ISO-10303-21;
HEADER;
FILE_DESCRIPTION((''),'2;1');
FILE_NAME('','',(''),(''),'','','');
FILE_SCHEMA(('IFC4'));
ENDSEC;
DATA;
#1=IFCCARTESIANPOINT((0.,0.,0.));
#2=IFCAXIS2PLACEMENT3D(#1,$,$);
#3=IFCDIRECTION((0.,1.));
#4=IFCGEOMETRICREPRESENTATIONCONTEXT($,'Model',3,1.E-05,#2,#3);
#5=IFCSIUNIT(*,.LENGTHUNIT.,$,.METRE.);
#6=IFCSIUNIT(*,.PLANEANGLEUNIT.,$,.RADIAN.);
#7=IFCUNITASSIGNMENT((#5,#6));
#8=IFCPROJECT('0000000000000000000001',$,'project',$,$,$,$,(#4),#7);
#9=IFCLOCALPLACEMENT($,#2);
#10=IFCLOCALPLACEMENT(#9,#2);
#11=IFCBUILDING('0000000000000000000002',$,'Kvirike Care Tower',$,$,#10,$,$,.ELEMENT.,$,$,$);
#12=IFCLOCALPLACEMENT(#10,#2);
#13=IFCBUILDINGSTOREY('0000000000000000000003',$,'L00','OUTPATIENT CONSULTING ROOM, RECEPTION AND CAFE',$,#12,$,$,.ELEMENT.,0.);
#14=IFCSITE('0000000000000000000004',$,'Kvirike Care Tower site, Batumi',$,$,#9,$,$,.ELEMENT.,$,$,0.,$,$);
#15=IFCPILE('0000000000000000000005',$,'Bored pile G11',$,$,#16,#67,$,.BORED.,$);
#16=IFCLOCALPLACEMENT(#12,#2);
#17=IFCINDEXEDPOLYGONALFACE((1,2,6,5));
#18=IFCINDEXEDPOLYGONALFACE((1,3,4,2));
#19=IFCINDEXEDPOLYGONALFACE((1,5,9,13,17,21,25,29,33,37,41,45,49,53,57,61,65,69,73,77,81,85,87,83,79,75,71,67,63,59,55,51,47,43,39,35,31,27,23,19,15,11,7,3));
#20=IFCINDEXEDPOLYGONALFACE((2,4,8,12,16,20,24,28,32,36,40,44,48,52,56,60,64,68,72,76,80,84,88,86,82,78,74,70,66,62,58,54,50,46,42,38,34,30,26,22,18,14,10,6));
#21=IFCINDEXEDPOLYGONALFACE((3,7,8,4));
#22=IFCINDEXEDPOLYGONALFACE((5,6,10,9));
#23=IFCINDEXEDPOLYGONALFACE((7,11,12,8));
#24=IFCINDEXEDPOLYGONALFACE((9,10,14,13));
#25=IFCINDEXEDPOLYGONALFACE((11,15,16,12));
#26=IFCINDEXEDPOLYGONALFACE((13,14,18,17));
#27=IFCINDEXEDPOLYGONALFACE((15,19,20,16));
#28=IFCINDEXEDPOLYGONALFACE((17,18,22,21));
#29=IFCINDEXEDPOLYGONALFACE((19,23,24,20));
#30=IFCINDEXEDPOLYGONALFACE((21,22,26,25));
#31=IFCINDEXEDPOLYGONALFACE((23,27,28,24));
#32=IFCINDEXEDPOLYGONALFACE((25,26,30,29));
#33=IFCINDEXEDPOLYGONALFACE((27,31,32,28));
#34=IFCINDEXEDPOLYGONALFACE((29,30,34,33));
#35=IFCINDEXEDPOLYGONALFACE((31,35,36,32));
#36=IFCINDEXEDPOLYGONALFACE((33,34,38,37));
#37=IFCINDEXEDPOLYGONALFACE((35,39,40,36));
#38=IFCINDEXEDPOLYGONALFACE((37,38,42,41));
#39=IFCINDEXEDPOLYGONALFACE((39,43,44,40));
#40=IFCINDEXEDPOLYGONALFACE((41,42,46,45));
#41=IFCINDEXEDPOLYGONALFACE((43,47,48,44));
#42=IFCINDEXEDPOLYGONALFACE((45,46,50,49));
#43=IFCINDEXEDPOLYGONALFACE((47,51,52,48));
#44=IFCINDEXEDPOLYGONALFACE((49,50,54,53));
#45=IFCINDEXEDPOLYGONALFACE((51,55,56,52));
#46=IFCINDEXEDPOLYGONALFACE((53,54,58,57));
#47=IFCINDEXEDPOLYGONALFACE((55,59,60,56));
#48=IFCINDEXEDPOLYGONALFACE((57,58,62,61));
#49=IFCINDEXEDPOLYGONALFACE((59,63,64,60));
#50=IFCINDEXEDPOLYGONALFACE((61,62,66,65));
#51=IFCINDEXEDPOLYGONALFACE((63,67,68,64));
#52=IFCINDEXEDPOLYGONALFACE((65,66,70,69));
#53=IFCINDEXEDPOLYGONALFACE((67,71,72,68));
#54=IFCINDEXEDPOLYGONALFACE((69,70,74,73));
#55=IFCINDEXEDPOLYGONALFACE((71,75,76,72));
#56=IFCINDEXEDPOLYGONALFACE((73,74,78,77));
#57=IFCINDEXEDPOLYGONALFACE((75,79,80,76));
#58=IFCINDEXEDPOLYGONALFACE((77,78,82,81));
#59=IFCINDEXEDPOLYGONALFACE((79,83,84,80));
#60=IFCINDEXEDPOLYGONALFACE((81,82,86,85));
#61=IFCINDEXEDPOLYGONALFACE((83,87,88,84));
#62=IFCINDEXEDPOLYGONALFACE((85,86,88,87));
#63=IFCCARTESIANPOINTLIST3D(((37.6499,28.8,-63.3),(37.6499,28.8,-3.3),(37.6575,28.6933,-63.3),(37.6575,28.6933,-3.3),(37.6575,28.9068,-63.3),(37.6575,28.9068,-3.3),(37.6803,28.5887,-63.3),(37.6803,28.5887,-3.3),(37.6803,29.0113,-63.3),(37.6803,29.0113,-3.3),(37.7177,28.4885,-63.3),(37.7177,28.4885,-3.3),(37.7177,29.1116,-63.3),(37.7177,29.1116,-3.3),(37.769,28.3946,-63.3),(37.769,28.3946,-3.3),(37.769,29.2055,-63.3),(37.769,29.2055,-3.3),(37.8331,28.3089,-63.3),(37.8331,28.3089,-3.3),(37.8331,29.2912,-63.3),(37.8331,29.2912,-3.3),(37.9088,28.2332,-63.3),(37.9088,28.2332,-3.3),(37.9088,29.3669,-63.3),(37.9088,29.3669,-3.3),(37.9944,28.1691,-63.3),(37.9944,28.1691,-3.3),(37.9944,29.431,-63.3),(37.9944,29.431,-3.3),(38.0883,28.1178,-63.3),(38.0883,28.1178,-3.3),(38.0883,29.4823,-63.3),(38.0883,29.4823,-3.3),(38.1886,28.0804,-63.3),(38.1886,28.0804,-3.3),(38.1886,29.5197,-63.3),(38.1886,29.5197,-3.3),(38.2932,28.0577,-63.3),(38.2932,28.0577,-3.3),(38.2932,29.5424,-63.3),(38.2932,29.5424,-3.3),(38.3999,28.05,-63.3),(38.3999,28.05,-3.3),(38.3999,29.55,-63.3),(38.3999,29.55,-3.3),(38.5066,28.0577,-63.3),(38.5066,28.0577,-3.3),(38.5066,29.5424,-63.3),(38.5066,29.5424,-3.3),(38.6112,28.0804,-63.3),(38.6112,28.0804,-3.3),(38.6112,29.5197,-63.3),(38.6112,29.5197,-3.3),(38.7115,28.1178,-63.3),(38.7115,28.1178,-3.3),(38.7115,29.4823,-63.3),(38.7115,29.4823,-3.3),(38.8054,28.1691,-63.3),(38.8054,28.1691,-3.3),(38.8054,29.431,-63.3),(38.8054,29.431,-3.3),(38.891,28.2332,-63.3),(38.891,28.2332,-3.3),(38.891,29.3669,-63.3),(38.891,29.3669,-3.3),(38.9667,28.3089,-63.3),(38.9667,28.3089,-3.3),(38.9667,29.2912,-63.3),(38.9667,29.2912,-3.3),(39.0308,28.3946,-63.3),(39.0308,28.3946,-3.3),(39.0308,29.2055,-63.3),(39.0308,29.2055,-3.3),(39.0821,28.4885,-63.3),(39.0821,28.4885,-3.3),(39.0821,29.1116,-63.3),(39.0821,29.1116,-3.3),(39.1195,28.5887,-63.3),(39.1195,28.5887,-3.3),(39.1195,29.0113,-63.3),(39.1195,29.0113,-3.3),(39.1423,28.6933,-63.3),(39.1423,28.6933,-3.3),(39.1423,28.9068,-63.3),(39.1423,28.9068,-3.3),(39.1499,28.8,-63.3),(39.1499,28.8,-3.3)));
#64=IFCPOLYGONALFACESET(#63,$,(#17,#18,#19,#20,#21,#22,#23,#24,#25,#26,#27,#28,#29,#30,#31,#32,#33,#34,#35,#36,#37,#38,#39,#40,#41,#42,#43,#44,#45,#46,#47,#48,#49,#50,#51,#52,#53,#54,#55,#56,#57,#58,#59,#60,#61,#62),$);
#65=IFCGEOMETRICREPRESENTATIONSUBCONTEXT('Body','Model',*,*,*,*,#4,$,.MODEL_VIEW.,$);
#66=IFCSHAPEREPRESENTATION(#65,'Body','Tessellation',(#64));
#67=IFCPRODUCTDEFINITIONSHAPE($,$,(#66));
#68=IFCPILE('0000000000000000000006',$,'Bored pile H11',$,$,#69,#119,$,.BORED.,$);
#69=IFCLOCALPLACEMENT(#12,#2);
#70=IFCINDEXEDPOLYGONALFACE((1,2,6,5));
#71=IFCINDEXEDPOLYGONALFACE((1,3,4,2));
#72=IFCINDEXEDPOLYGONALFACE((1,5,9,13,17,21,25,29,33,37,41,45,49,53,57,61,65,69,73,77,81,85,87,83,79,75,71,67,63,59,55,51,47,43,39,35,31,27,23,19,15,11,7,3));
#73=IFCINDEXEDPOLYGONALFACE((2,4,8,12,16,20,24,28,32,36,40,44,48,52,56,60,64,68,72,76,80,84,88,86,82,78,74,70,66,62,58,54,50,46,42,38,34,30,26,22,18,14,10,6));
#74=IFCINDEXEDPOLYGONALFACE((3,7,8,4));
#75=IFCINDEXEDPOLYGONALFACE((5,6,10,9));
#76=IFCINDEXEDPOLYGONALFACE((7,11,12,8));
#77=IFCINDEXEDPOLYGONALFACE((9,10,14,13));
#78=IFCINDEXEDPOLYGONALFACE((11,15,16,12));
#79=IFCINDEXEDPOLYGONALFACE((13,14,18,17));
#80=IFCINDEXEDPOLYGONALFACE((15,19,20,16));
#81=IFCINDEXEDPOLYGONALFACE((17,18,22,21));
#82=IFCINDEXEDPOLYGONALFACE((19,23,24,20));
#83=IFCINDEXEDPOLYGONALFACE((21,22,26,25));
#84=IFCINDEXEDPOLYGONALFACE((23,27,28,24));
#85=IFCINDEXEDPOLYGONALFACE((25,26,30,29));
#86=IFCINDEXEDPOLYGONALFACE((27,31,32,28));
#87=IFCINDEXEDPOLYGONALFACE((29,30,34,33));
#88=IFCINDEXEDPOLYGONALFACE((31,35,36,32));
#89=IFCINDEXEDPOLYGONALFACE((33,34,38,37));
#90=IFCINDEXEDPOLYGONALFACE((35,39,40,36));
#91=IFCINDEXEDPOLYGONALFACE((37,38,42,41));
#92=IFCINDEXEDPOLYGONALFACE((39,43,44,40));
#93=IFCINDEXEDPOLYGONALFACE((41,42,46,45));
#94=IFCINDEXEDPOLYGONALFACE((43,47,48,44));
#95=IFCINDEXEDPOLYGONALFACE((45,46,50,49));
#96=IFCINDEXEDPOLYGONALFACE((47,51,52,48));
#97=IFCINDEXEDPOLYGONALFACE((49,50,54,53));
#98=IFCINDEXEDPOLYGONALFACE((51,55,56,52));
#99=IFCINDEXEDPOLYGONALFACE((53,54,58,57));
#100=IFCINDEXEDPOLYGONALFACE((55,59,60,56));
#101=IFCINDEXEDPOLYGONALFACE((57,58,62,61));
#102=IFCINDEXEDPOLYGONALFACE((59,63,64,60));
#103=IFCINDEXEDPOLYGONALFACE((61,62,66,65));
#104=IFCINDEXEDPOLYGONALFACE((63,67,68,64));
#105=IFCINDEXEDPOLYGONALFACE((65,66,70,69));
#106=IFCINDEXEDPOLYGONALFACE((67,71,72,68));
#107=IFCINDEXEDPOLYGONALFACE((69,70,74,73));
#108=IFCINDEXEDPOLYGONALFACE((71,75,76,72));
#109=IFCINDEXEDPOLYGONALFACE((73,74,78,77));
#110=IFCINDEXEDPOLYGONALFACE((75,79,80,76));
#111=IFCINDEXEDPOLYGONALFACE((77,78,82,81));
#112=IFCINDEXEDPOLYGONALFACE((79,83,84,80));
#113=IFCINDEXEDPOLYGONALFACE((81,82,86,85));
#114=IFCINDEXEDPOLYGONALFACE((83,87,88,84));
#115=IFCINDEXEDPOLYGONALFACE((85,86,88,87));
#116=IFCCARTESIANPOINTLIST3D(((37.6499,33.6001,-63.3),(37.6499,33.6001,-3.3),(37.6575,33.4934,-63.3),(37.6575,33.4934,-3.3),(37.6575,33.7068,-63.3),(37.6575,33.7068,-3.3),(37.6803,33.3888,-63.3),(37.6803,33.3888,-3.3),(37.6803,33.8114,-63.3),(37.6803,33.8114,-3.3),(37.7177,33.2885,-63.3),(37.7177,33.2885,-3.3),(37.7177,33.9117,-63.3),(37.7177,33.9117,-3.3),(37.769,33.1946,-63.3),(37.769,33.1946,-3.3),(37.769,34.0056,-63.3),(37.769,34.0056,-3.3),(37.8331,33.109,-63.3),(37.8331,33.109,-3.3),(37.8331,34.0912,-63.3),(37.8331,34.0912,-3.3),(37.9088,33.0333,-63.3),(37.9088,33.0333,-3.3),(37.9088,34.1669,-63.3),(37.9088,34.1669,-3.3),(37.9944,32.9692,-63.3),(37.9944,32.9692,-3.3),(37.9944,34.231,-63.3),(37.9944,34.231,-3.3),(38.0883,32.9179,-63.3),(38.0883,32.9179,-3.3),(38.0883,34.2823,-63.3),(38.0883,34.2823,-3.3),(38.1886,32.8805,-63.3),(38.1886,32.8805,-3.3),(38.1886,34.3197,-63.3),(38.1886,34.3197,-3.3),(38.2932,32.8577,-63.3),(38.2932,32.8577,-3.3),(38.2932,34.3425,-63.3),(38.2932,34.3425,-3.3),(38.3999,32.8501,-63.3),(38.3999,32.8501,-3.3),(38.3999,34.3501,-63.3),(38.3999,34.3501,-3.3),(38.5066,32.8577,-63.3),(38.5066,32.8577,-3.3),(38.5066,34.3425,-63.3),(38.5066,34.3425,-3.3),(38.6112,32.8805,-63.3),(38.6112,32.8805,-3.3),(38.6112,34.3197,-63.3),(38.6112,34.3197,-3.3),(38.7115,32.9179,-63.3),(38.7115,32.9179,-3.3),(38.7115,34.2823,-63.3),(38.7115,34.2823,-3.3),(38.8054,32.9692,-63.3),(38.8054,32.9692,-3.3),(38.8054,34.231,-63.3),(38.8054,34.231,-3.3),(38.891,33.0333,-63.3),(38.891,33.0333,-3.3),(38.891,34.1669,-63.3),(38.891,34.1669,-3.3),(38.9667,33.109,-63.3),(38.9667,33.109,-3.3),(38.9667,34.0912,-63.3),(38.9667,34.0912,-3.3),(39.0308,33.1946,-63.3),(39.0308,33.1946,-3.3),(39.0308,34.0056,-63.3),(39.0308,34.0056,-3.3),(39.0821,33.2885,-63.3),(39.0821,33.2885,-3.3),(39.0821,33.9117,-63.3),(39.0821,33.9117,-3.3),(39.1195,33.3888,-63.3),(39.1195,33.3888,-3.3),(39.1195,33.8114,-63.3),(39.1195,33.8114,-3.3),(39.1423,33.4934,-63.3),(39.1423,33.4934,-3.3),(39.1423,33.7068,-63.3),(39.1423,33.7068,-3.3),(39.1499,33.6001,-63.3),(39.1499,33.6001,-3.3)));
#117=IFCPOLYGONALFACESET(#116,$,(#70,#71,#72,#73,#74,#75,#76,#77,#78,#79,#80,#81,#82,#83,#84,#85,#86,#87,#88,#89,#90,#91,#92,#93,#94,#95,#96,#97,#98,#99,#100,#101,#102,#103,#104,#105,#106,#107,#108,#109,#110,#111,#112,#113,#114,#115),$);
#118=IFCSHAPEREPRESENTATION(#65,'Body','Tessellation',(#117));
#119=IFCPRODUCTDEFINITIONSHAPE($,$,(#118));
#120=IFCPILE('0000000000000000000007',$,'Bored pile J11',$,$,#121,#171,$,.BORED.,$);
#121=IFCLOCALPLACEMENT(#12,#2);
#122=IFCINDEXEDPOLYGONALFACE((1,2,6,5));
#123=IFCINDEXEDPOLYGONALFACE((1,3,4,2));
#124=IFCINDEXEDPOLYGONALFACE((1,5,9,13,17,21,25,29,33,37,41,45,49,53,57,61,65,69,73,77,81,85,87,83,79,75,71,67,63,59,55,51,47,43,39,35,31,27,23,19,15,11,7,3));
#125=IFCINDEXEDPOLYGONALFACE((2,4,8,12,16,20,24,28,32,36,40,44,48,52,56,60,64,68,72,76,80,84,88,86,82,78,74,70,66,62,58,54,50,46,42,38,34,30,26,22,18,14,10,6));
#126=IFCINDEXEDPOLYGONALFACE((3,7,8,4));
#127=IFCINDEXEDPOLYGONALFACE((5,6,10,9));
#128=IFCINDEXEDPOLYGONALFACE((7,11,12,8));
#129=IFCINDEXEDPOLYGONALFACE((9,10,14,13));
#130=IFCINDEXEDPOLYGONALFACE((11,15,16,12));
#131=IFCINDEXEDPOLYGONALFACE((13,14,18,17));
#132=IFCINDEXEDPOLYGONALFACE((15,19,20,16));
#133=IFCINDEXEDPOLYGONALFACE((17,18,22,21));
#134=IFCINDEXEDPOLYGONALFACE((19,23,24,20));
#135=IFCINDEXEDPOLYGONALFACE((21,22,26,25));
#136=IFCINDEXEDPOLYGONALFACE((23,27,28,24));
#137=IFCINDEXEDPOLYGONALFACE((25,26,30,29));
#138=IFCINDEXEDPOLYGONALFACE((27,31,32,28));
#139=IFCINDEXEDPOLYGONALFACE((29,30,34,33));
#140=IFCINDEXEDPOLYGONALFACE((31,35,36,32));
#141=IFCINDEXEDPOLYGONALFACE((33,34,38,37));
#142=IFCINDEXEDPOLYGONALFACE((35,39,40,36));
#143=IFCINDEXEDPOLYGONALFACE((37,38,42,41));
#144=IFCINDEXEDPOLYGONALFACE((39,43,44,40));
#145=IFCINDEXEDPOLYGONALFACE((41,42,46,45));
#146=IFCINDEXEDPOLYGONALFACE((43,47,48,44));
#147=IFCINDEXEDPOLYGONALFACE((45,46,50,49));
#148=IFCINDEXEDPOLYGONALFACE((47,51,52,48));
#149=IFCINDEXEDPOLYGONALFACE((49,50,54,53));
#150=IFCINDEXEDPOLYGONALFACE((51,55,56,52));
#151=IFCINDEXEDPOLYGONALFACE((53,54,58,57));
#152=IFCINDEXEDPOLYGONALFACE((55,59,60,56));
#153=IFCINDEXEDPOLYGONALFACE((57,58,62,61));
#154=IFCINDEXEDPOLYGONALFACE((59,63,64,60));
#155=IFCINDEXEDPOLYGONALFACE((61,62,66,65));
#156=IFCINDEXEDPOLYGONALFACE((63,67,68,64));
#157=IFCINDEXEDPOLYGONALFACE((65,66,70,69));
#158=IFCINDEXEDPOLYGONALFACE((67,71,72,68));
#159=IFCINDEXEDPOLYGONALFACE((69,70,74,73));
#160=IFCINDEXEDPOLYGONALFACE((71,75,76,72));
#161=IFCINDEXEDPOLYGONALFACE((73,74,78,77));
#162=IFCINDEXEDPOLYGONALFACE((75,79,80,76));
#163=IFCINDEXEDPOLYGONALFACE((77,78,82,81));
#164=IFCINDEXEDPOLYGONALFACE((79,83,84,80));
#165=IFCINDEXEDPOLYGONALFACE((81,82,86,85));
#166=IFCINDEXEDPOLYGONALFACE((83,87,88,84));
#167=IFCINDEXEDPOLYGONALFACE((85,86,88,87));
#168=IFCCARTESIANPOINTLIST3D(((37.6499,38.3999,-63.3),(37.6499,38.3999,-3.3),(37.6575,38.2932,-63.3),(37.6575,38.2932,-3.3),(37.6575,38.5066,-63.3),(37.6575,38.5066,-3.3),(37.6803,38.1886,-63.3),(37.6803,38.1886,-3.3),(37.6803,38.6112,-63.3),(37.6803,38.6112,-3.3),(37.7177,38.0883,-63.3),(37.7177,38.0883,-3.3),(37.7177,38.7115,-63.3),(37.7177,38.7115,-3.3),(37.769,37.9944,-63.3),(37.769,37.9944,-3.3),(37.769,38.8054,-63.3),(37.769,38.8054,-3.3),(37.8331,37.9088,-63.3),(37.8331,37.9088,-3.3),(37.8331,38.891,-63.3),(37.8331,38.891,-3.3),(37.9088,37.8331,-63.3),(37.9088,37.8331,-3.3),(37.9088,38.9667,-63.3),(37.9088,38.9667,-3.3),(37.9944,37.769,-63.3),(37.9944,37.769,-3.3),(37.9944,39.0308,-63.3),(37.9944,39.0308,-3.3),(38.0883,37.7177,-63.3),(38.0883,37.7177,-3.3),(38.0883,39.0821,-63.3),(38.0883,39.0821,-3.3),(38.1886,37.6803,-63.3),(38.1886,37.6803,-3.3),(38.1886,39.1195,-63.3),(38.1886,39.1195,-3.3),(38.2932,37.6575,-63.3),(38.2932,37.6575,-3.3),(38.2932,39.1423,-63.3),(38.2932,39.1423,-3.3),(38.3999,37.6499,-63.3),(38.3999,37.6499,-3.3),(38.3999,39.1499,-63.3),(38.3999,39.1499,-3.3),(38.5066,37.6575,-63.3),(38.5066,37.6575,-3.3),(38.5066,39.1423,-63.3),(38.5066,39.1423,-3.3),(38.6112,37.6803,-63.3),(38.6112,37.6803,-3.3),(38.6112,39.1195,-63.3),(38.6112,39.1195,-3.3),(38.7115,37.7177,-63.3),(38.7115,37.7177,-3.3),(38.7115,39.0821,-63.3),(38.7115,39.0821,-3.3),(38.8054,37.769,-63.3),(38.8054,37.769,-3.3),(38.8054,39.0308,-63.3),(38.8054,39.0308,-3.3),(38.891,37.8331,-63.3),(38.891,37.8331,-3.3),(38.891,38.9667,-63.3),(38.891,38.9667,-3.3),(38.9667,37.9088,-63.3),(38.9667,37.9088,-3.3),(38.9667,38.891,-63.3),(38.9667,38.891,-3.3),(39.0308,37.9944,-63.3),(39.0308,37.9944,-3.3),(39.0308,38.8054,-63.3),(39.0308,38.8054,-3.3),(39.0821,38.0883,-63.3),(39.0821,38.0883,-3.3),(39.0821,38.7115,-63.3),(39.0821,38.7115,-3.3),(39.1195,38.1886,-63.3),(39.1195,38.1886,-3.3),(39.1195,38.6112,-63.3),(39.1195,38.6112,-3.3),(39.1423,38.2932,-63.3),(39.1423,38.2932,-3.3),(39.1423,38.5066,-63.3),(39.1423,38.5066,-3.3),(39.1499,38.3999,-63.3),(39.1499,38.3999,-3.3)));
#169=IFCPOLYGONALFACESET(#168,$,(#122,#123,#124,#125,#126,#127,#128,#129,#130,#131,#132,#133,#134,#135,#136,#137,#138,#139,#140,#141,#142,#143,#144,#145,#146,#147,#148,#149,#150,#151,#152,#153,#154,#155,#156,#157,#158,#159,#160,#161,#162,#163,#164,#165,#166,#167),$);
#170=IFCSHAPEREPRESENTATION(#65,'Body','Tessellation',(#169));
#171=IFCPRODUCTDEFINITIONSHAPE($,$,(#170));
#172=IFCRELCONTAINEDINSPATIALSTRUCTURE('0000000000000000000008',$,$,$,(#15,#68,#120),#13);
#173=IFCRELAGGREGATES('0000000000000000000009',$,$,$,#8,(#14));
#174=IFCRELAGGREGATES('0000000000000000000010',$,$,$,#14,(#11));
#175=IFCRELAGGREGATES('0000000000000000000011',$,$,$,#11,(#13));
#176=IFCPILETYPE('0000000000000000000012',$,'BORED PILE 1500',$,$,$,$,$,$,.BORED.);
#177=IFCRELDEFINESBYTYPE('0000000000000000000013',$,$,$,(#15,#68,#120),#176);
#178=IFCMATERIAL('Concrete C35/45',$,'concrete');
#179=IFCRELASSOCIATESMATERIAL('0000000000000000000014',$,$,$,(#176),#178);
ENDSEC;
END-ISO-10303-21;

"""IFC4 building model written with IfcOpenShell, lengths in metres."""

from ifc_helpers import new_model, si_unit, direction, frame, origin, origin_2d, place, context, subcontext, project, spatial, circle, extrude, material, material_profile, profile_set, type_object, element, save


model = new_model("IFC4")

# Units and contexts
model_context = context("Model", 3, precision=1e-05, world=origin(), true_north=direction((0.0, 1.0)))
body_context = subcontext(model_context, "Body", "Model", "MODEL_VIEW")
ifc_project = project(units=[si_unit("LENGTHUNIT", "METRE"), si_unit("PLANEANGLEUNIT", "RADIAN")], contexts=[model_context])

# Site, building, storey
site_placement = place(None, origin())
site = spatial("IfcSite", under=ifc_project, at=site_placement, Name="Kvirike Care Tower site, Batumi", CompositionType="ELEMENT", RefElevation=0.0)
building_placement = place(site_placement, origin())
building = spatial("IfcBuilding", under=site, at=building_placement, Name="Kvirike Care Tower", CompositionType="ELEMENT")
storey_placement = place(building_placement, origin())
storey = spatial("IfcBuildingStorey", under=building, at=storey_placement, Name="L00", Description="OUTPATIENT CONSULTING ROOM, RECEPTION AND CAFE", CompositionType="ELEMENT", Elevation=0.0)

# Piles
ifc_material_1 = material(Name="Concrete C35/45", Category="concrete")
ifc_material_profile_1 = material_profile(ifc_material_1, circle(Radius=0.75, at=origin_2d()), Name="BORED PILE 1500")
ifc_profile_set_1 = profile_set([ifc_material_profile_1], Name="Concrete C35/45")
pile_type = type_object("IfcPileType", Name="BORED PILE 1500", PredefinedType="BORED", material=ifc_profile_set_1)
for number, where, z_axis, x_axis, name in (
    (1, (38.3999, 28.8, -3.3), (0.0, 0.0, -1.0), (1.0, 0.0, 0.0), "Bored pile G11"),
    (2, (38.3999, 33.6001, -3.3), (0.0, 0.0, -1.0), (1.0, 0.0, 0.0), "Bored pile H11"),
    (3, (38.3999, 38.3999, -3.3), (0.0, 0.0, -1.0), (1.0, 0.0, 0.0), "Bored pile J11"),
):
    element("IfcPile", number, at=place(storey_placement, frame(where, z_axis=z_axis, x_axis=x_axis)), inside=storey, type_object=pile_type, Name=name, PredefinedType="BORED", context=body_context, shape_type="SweptSolid", body=[
        extrude(circle(Radius=0.75, at=origin_2d()), origin(), (0.0, 0.0, 1.0), 60.0),
    ])

save(model, "model.ifc")
